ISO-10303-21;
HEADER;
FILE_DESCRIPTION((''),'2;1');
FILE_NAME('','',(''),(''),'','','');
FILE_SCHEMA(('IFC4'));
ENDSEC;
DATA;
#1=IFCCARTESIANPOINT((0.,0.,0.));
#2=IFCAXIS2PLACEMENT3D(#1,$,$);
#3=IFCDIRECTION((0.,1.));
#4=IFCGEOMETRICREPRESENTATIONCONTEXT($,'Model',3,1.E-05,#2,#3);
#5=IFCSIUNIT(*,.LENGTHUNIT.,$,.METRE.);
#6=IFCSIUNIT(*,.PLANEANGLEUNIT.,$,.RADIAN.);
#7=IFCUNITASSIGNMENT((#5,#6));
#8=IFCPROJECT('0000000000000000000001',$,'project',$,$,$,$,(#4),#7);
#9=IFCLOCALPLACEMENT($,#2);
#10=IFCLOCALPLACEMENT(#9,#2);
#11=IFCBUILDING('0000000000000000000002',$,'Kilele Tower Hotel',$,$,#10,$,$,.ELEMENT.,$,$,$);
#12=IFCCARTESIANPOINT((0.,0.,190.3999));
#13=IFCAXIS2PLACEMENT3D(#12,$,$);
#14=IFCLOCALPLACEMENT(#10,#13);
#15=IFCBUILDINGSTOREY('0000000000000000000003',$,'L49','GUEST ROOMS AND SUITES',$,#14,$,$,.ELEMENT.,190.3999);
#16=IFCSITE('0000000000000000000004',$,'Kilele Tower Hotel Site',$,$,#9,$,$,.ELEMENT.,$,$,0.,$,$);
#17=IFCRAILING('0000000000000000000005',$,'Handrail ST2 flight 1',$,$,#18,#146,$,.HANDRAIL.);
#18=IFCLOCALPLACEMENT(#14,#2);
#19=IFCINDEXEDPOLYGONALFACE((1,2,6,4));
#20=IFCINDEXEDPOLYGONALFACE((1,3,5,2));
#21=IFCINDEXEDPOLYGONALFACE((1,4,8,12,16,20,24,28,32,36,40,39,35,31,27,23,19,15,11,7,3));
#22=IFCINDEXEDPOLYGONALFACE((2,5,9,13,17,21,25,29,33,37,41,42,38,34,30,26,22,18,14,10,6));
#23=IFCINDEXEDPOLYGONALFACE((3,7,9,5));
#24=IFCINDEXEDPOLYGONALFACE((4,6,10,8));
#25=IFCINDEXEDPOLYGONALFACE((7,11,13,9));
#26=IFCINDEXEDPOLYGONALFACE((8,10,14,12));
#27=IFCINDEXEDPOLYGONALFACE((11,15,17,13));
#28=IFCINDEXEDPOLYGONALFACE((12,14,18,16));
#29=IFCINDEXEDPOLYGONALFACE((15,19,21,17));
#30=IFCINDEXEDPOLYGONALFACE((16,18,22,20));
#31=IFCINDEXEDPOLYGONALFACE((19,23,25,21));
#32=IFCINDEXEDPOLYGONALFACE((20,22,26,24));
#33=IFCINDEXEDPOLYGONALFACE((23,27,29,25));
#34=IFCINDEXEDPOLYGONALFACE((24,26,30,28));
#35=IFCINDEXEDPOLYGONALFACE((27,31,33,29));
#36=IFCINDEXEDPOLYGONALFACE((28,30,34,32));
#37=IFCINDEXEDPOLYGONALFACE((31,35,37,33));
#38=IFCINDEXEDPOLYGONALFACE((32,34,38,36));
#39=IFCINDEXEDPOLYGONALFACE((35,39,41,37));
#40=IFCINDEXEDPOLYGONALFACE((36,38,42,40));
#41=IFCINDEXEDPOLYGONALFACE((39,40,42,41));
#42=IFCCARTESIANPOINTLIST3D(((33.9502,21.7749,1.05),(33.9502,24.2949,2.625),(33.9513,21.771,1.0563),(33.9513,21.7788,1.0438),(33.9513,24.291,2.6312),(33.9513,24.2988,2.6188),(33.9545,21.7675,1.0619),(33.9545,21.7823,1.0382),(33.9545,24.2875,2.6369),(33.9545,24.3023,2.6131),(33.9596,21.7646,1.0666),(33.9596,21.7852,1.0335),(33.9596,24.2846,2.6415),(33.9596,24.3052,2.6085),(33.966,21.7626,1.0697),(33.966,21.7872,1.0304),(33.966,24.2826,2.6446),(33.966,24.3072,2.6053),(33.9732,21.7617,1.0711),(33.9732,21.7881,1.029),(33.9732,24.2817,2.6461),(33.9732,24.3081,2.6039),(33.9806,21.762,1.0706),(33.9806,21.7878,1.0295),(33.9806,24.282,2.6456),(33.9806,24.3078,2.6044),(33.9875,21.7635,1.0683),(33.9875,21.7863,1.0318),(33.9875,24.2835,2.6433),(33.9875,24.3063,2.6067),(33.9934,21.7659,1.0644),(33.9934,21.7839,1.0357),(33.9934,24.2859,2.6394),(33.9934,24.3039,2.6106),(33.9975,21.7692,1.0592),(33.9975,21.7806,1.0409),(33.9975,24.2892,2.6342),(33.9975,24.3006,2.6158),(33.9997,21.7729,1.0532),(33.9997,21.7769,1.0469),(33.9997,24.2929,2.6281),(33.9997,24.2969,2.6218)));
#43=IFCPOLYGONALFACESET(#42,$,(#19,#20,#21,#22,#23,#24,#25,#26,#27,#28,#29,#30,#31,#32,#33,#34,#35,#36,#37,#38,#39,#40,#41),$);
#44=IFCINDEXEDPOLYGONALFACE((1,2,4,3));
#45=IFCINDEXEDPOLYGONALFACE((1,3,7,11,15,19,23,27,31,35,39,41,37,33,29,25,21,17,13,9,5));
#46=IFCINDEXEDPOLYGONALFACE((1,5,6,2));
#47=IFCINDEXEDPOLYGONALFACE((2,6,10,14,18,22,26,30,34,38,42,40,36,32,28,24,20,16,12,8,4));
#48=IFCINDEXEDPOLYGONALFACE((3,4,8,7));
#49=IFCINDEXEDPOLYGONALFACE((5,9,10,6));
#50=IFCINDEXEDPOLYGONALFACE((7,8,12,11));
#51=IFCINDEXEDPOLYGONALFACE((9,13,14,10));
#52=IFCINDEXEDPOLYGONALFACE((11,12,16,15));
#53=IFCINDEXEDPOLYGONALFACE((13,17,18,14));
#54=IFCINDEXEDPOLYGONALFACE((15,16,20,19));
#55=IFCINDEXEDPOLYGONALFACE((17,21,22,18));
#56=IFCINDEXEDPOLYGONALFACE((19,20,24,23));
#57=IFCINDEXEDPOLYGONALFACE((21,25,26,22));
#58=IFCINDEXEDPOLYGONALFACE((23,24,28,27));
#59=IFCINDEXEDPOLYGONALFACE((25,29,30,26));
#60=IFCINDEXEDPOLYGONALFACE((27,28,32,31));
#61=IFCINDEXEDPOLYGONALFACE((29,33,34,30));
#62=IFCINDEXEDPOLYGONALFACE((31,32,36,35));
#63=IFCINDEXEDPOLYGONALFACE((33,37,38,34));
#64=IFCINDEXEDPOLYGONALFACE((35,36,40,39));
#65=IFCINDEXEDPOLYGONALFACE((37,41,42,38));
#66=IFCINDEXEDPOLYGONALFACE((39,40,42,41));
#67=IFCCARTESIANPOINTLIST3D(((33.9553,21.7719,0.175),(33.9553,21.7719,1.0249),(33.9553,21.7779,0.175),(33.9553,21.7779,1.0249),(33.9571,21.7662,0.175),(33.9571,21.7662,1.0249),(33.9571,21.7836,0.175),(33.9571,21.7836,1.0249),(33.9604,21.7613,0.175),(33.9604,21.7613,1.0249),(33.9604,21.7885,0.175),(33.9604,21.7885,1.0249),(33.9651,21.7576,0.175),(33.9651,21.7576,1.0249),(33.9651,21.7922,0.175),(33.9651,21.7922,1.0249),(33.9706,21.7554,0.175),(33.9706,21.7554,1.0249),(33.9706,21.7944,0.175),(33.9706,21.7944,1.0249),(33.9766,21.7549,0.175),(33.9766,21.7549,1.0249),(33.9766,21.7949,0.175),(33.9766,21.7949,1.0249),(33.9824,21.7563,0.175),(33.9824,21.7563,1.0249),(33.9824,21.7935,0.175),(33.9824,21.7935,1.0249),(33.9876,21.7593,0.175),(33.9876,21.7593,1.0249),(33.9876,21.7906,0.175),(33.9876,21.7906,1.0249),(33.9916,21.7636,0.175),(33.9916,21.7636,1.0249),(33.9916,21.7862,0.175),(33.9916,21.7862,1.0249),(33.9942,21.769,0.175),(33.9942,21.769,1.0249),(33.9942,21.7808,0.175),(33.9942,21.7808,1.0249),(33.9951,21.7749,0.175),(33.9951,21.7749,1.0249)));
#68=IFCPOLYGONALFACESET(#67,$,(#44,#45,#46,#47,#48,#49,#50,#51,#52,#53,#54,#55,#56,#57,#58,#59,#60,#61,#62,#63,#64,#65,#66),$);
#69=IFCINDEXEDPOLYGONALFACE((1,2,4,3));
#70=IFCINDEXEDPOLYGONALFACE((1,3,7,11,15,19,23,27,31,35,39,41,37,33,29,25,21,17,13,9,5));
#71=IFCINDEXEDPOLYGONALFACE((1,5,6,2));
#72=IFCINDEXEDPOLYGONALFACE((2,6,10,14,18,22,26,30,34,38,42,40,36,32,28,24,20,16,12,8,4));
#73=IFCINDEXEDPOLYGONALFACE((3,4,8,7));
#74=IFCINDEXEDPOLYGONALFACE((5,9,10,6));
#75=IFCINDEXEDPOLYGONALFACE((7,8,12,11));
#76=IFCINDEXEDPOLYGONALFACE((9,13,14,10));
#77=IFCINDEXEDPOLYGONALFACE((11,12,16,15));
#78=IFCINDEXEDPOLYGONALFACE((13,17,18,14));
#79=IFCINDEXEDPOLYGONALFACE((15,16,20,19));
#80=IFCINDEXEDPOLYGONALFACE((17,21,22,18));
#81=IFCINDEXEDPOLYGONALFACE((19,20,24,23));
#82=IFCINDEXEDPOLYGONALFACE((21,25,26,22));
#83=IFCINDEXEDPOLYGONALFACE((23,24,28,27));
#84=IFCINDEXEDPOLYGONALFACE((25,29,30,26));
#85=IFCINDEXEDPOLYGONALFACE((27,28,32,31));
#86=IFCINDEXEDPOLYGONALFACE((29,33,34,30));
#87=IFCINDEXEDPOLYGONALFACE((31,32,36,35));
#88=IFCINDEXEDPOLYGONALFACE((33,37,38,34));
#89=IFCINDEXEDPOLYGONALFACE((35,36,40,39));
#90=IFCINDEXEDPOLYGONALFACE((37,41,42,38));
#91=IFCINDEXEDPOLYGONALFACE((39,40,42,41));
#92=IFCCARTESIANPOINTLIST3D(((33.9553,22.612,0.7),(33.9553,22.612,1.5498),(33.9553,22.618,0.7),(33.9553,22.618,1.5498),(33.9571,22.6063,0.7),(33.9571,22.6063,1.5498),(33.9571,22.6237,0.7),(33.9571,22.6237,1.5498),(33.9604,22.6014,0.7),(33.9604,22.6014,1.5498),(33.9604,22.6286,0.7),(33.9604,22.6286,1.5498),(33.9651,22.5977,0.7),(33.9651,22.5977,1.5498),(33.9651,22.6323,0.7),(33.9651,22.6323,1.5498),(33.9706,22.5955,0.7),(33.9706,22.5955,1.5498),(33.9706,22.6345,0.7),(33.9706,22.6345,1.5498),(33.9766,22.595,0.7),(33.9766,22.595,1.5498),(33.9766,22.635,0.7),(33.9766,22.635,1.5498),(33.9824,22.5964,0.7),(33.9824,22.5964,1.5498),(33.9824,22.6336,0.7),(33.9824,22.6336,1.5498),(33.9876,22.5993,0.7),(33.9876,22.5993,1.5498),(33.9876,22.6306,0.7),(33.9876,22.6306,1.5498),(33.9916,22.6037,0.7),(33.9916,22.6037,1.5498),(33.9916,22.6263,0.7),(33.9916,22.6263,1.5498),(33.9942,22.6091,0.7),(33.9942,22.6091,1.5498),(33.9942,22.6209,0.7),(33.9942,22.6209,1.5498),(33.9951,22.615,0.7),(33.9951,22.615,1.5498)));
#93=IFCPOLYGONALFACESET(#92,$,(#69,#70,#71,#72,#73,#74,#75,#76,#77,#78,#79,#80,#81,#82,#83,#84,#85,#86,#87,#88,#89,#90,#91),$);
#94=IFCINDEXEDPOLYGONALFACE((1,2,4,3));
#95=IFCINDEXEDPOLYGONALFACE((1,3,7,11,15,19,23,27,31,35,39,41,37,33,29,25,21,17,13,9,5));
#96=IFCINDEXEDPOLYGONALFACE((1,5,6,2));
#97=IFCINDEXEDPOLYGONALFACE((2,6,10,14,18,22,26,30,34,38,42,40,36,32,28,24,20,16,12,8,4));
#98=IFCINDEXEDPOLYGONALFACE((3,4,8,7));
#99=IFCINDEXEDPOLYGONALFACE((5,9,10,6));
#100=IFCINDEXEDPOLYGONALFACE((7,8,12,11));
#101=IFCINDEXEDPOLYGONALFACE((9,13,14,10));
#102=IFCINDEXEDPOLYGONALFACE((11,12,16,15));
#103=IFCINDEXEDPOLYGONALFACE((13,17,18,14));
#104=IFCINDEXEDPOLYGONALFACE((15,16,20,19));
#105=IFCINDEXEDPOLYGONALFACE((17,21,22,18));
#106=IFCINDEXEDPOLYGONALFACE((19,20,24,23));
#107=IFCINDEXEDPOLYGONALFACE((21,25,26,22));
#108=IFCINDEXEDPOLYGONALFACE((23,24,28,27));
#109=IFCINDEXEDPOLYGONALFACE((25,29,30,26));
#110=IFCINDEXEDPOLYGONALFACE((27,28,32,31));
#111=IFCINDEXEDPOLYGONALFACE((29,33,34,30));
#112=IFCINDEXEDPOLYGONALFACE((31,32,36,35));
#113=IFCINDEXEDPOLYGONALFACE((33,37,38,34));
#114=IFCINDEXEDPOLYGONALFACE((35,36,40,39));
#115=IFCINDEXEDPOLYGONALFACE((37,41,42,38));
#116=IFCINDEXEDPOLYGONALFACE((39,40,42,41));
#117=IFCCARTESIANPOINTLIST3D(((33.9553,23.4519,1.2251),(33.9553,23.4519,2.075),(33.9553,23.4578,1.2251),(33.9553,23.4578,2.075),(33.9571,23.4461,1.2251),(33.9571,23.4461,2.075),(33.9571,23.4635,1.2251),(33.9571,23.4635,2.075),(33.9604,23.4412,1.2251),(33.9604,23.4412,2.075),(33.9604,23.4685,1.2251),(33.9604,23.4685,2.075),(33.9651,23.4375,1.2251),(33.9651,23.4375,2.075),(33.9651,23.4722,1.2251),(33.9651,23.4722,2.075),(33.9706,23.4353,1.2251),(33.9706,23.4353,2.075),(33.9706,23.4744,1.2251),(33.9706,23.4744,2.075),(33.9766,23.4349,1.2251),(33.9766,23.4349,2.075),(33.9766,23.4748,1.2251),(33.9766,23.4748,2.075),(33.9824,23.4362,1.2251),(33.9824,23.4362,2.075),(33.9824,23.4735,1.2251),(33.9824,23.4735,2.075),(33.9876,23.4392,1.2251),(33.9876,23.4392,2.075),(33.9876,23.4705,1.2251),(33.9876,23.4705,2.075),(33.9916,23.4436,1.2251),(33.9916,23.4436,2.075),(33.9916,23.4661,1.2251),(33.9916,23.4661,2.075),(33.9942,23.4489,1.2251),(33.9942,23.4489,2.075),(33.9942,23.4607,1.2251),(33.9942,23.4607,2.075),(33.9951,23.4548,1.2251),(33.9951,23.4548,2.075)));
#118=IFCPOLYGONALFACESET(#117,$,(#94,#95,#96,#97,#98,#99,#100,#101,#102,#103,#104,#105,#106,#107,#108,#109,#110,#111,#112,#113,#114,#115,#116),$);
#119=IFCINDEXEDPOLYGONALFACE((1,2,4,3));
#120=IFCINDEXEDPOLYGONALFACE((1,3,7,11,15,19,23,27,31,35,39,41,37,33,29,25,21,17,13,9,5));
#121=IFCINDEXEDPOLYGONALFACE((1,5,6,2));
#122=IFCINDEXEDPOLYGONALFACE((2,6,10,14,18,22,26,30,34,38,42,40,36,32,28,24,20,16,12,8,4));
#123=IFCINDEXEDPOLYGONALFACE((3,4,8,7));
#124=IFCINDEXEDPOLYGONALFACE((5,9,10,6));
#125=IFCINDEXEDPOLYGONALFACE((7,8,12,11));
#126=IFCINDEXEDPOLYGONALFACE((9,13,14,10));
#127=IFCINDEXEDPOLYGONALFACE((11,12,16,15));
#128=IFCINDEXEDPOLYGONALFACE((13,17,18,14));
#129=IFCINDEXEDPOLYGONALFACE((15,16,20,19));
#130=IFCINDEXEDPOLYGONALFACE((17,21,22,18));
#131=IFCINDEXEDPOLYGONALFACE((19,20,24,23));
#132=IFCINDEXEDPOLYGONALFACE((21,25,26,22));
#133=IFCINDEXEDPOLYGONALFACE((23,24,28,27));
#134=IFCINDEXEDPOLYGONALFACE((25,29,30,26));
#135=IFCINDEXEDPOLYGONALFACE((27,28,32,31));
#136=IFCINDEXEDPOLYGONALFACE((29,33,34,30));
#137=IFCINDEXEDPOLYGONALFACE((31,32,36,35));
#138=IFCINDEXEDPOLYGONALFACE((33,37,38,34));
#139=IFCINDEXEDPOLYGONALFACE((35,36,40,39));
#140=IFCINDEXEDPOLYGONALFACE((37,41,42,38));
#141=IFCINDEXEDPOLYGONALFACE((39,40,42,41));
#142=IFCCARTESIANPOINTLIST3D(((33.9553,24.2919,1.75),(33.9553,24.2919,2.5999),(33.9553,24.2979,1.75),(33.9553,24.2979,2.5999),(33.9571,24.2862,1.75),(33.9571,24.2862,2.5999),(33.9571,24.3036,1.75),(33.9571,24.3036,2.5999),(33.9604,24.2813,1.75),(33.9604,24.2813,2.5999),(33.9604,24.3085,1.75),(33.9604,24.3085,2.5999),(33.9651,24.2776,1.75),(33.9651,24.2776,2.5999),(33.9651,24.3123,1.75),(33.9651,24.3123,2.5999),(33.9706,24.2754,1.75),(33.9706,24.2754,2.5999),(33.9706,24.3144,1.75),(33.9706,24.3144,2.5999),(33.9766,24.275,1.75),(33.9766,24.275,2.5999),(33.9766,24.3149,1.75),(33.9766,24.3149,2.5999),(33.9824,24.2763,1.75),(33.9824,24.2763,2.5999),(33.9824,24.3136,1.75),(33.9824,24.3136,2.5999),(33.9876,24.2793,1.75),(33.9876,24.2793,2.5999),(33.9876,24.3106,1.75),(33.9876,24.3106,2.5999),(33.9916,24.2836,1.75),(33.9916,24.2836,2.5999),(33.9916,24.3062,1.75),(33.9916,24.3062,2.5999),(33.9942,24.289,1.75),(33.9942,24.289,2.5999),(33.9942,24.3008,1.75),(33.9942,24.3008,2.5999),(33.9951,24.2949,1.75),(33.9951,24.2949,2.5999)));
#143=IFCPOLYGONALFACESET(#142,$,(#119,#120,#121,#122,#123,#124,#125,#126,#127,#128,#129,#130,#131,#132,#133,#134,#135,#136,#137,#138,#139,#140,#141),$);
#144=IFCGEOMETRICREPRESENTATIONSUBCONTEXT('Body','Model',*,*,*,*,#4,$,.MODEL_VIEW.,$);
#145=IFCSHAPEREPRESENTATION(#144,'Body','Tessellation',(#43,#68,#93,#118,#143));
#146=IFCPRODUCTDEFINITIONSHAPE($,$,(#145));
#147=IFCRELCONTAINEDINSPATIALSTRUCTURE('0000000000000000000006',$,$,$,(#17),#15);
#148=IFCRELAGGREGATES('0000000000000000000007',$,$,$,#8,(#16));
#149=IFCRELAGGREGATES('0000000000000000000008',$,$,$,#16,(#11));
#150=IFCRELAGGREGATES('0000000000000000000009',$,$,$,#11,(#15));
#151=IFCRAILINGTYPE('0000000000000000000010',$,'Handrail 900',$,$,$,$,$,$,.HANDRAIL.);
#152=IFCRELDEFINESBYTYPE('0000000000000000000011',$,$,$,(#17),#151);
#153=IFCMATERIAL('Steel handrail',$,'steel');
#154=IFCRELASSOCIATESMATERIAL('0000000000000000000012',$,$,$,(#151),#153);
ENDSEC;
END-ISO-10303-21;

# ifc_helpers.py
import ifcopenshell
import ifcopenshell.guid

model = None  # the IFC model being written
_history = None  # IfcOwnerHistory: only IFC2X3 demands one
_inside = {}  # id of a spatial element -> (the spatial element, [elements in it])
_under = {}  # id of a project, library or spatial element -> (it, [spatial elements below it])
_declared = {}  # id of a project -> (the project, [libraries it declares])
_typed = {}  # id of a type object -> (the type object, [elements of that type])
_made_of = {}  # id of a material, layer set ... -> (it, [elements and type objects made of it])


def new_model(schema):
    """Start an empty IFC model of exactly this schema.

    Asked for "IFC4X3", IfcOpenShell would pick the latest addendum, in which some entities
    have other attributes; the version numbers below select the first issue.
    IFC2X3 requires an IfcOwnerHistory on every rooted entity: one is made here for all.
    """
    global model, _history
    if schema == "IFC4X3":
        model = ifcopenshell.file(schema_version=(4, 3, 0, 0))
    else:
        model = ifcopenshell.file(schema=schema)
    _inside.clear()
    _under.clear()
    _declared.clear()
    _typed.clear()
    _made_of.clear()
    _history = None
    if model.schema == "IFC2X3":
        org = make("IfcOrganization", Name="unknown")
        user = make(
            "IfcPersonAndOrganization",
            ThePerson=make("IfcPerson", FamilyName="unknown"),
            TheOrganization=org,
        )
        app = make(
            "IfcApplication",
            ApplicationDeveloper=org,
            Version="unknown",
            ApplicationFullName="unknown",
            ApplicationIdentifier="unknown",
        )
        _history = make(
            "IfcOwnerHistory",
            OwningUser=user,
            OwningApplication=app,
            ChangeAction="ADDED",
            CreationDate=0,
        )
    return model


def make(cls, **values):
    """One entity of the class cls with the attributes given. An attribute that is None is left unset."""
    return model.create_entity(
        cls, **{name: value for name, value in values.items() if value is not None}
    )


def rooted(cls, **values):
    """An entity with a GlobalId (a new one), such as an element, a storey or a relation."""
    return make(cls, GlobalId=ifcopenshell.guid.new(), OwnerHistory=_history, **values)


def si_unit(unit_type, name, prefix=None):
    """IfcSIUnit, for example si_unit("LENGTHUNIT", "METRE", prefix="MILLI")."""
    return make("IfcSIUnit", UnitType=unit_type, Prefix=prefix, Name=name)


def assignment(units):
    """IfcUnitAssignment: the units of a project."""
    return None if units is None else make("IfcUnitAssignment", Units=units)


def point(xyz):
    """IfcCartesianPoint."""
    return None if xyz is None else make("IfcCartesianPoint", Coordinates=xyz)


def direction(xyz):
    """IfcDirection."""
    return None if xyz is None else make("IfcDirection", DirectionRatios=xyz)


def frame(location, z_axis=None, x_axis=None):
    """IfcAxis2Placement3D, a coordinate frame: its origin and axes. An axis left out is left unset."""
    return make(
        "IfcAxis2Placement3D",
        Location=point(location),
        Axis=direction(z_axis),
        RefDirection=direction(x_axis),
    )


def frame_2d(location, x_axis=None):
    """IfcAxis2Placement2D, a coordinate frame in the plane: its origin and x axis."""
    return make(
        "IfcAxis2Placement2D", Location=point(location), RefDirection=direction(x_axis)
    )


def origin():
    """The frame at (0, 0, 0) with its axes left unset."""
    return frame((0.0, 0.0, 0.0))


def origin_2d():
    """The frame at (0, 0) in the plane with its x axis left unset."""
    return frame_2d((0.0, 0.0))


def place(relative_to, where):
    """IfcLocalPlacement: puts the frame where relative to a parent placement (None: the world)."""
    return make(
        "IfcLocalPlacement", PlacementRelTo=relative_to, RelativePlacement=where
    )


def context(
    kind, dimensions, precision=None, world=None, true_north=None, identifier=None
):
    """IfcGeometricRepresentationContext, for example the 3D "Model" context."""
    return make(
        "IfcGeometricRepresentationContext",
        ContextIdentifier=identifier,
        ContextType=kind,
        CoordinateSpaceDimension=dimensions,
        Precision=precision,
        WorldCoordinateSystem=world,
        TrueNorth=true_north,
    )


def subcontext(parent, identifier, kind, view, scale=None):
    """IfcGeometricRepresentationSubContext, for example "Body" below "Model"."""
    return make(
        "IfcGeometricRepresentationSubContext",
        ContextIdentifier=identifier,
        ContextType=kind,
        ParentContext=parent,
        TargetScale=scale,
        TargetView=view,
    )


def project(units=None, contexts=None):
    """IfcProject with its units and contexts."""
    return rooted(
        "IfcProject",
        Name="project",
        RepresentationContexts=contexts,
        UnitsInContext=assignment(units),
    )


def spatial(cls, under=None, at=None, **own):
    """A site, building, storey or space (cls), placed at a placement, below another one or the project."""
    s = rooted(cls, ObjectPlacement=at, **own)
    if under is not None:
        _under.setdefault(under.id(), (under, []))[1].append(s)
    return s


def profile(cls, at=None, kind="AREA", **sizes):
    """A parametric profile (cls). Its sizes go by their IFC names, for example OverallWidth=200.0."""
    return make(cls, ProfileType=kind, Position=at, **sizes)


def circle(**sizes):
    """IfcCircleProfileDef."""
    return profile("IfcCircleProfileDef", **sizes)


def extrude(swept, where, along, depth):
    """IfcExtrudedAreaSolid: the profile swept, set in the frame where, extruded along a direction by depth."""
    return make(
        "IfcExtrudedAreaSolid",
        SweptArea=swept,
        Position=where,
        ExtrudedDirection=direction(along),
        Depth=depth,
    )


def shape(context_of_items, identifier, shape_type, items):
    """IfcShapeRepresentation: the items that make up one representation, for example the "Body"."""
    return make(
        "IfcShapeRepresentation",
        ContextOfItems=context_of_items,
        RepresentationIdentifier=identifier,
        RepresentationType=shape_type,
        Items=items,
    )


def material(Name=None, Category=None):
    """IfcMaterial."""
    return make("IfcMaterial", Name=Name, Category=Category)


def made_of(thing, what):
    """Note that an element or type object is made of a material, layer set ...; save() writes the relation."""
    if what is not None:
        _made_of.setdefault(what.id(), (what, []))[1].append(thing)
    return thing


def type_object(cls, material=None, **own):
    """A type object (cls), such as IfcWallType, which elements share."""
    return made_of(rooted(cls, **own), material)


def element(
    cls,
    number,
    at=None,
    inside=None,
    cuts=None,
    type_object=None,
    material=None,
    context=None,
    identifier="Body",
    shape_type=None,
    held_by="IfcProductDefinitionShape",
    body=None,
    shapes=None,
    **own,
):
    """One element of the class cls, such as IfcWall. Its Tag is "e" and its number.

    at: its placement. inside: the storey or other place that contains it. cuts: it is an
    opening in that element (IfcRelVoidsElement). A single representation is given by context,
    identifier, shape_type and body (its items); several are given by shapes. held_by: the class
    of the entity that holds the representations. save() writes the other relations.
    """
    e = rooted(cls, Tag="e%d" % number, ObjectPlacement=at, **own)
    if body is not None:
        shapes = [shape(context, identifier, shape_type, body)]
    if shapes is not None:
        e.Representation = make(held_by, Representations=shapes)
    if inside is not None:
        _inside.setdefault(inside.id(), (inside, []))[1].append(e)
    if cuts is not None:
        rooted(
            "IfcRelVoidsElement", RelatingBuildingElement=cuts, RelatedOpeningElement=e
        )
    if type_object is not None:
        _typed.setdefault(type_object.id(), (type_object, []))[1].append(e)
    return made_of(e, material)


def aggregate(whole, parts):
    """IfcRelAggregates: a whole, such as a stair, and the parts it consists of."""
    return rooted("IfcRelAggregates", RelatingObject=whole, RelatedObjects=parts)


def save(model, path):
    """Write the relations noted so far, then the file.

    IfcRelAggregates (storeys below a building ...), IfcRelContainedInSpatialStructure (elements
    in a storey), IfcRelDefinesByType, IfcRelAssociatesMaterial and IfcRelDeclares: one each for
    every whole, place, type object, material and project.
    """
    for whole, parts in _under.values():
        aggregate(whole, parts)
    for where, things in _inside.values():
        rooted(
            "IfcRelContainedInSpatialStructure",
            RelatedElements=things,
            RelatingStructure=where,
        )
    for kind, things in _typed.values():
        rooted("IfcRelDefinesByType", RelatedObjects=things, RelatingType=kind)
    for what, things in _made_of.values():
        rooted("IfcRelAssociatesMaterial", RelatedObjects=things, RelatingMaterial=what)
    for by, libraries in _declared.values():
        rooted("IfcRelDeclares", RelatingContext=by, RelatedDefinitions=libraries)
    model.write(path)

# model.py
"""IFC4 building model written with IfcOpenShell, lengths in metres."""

from ifc_helpers import new_model, si_unit, direction, frame, origin, origin_2d, place, context, subcontext, project, spatial, circle, extrude, material, type_object, element, save


model = new_model("IFC4")

# Units and contexts
model_context = context("Model", 3, precision=1e-05, world=origin(), true_north=direction((0.0, 1.0)))
body_context = subcontext(model_context, "Body", "Model", "MODEL_VIEW")
ifc_project = project(units=[si_unit("LENGTHUNIT", "METRE"), si_unit("PLANEANGLEUNIT", "RADIAN")], contexts=[model_context])

# Site, building, storey
site_placement = place(None, origin())
site = spatial("IfcSite", under=ifc_project, at=site_placement, Name="Kilele Tower Hotel Site", CompositionType="ELEMENT", RefElevation=0.0)
building_placement = place(site_placement, origin())
building = spatial("IfcBuilding", under=site, at=building_placement, Name="Kilele Tower Hotel", CompositionType="ELEMENT")
storey_placement = place(building_placement, frame((0.0, 0.0, 190.3999)))
storey = spatial("IfcBuildingStorey", under=building, at=storey_placement, Name="L49", Description="GUEST ROOMS AND SUITES", CompositionType="ELEMENT", Elevation=190.3999)

# Railing
ifc_material_1 = material(Name="Steel handrail", Category="steel")
railing_type_1 = type_object("IfcRailingType", Name="Handrail 900", PredefinedType="HANDRAIL", material=ifc_material_1)
for number, where, name in (
    (1, (33.9751, 21.7749, 0.175), "Handrail ST2 flight 1"),
):
    element("IfcRailing", number, at=place(storey_placement, frame(where)), inside=storey, type_object=railing_type_1, Name=name, PredefinedType="HANDRAIL", context=body_context, shape_type="SweptSolid", body=[
        extrude(circle(Radius=0.0249, at=origin_2d()), frame((0.0, 0.0, 0.875), z_axis=(0.0, 0.848008, 0.529984), x_axis=(-1.0, 0.0, 0.0)), (0.0, 0.0, 1.0), 2.9717),
        extrude(circle(Radius=0.02, at=origin_2d()), origin(), (0.0, 0.0, 1.0), 0.8499),
        extrude(circle(Radius=0.02, at=origin_2d()), frame((0.0, 0.8401, 0.5249)), (0.0, 0.0, 1.0), 0.8499),
        extrude(circle(Radius=0.02, at=origin_2d()), frame((0.0, 1.6799, 1.05)), (0.0, 0.0, 1.0), 0.8499),
        extrude(circle(Radius=0.02, at=origin_2d()), frame((0.0, 2.52, 1.575)), (0.0, 0.0, 1.0), 0.8499),
    ])

save(model, "model.ifc")
